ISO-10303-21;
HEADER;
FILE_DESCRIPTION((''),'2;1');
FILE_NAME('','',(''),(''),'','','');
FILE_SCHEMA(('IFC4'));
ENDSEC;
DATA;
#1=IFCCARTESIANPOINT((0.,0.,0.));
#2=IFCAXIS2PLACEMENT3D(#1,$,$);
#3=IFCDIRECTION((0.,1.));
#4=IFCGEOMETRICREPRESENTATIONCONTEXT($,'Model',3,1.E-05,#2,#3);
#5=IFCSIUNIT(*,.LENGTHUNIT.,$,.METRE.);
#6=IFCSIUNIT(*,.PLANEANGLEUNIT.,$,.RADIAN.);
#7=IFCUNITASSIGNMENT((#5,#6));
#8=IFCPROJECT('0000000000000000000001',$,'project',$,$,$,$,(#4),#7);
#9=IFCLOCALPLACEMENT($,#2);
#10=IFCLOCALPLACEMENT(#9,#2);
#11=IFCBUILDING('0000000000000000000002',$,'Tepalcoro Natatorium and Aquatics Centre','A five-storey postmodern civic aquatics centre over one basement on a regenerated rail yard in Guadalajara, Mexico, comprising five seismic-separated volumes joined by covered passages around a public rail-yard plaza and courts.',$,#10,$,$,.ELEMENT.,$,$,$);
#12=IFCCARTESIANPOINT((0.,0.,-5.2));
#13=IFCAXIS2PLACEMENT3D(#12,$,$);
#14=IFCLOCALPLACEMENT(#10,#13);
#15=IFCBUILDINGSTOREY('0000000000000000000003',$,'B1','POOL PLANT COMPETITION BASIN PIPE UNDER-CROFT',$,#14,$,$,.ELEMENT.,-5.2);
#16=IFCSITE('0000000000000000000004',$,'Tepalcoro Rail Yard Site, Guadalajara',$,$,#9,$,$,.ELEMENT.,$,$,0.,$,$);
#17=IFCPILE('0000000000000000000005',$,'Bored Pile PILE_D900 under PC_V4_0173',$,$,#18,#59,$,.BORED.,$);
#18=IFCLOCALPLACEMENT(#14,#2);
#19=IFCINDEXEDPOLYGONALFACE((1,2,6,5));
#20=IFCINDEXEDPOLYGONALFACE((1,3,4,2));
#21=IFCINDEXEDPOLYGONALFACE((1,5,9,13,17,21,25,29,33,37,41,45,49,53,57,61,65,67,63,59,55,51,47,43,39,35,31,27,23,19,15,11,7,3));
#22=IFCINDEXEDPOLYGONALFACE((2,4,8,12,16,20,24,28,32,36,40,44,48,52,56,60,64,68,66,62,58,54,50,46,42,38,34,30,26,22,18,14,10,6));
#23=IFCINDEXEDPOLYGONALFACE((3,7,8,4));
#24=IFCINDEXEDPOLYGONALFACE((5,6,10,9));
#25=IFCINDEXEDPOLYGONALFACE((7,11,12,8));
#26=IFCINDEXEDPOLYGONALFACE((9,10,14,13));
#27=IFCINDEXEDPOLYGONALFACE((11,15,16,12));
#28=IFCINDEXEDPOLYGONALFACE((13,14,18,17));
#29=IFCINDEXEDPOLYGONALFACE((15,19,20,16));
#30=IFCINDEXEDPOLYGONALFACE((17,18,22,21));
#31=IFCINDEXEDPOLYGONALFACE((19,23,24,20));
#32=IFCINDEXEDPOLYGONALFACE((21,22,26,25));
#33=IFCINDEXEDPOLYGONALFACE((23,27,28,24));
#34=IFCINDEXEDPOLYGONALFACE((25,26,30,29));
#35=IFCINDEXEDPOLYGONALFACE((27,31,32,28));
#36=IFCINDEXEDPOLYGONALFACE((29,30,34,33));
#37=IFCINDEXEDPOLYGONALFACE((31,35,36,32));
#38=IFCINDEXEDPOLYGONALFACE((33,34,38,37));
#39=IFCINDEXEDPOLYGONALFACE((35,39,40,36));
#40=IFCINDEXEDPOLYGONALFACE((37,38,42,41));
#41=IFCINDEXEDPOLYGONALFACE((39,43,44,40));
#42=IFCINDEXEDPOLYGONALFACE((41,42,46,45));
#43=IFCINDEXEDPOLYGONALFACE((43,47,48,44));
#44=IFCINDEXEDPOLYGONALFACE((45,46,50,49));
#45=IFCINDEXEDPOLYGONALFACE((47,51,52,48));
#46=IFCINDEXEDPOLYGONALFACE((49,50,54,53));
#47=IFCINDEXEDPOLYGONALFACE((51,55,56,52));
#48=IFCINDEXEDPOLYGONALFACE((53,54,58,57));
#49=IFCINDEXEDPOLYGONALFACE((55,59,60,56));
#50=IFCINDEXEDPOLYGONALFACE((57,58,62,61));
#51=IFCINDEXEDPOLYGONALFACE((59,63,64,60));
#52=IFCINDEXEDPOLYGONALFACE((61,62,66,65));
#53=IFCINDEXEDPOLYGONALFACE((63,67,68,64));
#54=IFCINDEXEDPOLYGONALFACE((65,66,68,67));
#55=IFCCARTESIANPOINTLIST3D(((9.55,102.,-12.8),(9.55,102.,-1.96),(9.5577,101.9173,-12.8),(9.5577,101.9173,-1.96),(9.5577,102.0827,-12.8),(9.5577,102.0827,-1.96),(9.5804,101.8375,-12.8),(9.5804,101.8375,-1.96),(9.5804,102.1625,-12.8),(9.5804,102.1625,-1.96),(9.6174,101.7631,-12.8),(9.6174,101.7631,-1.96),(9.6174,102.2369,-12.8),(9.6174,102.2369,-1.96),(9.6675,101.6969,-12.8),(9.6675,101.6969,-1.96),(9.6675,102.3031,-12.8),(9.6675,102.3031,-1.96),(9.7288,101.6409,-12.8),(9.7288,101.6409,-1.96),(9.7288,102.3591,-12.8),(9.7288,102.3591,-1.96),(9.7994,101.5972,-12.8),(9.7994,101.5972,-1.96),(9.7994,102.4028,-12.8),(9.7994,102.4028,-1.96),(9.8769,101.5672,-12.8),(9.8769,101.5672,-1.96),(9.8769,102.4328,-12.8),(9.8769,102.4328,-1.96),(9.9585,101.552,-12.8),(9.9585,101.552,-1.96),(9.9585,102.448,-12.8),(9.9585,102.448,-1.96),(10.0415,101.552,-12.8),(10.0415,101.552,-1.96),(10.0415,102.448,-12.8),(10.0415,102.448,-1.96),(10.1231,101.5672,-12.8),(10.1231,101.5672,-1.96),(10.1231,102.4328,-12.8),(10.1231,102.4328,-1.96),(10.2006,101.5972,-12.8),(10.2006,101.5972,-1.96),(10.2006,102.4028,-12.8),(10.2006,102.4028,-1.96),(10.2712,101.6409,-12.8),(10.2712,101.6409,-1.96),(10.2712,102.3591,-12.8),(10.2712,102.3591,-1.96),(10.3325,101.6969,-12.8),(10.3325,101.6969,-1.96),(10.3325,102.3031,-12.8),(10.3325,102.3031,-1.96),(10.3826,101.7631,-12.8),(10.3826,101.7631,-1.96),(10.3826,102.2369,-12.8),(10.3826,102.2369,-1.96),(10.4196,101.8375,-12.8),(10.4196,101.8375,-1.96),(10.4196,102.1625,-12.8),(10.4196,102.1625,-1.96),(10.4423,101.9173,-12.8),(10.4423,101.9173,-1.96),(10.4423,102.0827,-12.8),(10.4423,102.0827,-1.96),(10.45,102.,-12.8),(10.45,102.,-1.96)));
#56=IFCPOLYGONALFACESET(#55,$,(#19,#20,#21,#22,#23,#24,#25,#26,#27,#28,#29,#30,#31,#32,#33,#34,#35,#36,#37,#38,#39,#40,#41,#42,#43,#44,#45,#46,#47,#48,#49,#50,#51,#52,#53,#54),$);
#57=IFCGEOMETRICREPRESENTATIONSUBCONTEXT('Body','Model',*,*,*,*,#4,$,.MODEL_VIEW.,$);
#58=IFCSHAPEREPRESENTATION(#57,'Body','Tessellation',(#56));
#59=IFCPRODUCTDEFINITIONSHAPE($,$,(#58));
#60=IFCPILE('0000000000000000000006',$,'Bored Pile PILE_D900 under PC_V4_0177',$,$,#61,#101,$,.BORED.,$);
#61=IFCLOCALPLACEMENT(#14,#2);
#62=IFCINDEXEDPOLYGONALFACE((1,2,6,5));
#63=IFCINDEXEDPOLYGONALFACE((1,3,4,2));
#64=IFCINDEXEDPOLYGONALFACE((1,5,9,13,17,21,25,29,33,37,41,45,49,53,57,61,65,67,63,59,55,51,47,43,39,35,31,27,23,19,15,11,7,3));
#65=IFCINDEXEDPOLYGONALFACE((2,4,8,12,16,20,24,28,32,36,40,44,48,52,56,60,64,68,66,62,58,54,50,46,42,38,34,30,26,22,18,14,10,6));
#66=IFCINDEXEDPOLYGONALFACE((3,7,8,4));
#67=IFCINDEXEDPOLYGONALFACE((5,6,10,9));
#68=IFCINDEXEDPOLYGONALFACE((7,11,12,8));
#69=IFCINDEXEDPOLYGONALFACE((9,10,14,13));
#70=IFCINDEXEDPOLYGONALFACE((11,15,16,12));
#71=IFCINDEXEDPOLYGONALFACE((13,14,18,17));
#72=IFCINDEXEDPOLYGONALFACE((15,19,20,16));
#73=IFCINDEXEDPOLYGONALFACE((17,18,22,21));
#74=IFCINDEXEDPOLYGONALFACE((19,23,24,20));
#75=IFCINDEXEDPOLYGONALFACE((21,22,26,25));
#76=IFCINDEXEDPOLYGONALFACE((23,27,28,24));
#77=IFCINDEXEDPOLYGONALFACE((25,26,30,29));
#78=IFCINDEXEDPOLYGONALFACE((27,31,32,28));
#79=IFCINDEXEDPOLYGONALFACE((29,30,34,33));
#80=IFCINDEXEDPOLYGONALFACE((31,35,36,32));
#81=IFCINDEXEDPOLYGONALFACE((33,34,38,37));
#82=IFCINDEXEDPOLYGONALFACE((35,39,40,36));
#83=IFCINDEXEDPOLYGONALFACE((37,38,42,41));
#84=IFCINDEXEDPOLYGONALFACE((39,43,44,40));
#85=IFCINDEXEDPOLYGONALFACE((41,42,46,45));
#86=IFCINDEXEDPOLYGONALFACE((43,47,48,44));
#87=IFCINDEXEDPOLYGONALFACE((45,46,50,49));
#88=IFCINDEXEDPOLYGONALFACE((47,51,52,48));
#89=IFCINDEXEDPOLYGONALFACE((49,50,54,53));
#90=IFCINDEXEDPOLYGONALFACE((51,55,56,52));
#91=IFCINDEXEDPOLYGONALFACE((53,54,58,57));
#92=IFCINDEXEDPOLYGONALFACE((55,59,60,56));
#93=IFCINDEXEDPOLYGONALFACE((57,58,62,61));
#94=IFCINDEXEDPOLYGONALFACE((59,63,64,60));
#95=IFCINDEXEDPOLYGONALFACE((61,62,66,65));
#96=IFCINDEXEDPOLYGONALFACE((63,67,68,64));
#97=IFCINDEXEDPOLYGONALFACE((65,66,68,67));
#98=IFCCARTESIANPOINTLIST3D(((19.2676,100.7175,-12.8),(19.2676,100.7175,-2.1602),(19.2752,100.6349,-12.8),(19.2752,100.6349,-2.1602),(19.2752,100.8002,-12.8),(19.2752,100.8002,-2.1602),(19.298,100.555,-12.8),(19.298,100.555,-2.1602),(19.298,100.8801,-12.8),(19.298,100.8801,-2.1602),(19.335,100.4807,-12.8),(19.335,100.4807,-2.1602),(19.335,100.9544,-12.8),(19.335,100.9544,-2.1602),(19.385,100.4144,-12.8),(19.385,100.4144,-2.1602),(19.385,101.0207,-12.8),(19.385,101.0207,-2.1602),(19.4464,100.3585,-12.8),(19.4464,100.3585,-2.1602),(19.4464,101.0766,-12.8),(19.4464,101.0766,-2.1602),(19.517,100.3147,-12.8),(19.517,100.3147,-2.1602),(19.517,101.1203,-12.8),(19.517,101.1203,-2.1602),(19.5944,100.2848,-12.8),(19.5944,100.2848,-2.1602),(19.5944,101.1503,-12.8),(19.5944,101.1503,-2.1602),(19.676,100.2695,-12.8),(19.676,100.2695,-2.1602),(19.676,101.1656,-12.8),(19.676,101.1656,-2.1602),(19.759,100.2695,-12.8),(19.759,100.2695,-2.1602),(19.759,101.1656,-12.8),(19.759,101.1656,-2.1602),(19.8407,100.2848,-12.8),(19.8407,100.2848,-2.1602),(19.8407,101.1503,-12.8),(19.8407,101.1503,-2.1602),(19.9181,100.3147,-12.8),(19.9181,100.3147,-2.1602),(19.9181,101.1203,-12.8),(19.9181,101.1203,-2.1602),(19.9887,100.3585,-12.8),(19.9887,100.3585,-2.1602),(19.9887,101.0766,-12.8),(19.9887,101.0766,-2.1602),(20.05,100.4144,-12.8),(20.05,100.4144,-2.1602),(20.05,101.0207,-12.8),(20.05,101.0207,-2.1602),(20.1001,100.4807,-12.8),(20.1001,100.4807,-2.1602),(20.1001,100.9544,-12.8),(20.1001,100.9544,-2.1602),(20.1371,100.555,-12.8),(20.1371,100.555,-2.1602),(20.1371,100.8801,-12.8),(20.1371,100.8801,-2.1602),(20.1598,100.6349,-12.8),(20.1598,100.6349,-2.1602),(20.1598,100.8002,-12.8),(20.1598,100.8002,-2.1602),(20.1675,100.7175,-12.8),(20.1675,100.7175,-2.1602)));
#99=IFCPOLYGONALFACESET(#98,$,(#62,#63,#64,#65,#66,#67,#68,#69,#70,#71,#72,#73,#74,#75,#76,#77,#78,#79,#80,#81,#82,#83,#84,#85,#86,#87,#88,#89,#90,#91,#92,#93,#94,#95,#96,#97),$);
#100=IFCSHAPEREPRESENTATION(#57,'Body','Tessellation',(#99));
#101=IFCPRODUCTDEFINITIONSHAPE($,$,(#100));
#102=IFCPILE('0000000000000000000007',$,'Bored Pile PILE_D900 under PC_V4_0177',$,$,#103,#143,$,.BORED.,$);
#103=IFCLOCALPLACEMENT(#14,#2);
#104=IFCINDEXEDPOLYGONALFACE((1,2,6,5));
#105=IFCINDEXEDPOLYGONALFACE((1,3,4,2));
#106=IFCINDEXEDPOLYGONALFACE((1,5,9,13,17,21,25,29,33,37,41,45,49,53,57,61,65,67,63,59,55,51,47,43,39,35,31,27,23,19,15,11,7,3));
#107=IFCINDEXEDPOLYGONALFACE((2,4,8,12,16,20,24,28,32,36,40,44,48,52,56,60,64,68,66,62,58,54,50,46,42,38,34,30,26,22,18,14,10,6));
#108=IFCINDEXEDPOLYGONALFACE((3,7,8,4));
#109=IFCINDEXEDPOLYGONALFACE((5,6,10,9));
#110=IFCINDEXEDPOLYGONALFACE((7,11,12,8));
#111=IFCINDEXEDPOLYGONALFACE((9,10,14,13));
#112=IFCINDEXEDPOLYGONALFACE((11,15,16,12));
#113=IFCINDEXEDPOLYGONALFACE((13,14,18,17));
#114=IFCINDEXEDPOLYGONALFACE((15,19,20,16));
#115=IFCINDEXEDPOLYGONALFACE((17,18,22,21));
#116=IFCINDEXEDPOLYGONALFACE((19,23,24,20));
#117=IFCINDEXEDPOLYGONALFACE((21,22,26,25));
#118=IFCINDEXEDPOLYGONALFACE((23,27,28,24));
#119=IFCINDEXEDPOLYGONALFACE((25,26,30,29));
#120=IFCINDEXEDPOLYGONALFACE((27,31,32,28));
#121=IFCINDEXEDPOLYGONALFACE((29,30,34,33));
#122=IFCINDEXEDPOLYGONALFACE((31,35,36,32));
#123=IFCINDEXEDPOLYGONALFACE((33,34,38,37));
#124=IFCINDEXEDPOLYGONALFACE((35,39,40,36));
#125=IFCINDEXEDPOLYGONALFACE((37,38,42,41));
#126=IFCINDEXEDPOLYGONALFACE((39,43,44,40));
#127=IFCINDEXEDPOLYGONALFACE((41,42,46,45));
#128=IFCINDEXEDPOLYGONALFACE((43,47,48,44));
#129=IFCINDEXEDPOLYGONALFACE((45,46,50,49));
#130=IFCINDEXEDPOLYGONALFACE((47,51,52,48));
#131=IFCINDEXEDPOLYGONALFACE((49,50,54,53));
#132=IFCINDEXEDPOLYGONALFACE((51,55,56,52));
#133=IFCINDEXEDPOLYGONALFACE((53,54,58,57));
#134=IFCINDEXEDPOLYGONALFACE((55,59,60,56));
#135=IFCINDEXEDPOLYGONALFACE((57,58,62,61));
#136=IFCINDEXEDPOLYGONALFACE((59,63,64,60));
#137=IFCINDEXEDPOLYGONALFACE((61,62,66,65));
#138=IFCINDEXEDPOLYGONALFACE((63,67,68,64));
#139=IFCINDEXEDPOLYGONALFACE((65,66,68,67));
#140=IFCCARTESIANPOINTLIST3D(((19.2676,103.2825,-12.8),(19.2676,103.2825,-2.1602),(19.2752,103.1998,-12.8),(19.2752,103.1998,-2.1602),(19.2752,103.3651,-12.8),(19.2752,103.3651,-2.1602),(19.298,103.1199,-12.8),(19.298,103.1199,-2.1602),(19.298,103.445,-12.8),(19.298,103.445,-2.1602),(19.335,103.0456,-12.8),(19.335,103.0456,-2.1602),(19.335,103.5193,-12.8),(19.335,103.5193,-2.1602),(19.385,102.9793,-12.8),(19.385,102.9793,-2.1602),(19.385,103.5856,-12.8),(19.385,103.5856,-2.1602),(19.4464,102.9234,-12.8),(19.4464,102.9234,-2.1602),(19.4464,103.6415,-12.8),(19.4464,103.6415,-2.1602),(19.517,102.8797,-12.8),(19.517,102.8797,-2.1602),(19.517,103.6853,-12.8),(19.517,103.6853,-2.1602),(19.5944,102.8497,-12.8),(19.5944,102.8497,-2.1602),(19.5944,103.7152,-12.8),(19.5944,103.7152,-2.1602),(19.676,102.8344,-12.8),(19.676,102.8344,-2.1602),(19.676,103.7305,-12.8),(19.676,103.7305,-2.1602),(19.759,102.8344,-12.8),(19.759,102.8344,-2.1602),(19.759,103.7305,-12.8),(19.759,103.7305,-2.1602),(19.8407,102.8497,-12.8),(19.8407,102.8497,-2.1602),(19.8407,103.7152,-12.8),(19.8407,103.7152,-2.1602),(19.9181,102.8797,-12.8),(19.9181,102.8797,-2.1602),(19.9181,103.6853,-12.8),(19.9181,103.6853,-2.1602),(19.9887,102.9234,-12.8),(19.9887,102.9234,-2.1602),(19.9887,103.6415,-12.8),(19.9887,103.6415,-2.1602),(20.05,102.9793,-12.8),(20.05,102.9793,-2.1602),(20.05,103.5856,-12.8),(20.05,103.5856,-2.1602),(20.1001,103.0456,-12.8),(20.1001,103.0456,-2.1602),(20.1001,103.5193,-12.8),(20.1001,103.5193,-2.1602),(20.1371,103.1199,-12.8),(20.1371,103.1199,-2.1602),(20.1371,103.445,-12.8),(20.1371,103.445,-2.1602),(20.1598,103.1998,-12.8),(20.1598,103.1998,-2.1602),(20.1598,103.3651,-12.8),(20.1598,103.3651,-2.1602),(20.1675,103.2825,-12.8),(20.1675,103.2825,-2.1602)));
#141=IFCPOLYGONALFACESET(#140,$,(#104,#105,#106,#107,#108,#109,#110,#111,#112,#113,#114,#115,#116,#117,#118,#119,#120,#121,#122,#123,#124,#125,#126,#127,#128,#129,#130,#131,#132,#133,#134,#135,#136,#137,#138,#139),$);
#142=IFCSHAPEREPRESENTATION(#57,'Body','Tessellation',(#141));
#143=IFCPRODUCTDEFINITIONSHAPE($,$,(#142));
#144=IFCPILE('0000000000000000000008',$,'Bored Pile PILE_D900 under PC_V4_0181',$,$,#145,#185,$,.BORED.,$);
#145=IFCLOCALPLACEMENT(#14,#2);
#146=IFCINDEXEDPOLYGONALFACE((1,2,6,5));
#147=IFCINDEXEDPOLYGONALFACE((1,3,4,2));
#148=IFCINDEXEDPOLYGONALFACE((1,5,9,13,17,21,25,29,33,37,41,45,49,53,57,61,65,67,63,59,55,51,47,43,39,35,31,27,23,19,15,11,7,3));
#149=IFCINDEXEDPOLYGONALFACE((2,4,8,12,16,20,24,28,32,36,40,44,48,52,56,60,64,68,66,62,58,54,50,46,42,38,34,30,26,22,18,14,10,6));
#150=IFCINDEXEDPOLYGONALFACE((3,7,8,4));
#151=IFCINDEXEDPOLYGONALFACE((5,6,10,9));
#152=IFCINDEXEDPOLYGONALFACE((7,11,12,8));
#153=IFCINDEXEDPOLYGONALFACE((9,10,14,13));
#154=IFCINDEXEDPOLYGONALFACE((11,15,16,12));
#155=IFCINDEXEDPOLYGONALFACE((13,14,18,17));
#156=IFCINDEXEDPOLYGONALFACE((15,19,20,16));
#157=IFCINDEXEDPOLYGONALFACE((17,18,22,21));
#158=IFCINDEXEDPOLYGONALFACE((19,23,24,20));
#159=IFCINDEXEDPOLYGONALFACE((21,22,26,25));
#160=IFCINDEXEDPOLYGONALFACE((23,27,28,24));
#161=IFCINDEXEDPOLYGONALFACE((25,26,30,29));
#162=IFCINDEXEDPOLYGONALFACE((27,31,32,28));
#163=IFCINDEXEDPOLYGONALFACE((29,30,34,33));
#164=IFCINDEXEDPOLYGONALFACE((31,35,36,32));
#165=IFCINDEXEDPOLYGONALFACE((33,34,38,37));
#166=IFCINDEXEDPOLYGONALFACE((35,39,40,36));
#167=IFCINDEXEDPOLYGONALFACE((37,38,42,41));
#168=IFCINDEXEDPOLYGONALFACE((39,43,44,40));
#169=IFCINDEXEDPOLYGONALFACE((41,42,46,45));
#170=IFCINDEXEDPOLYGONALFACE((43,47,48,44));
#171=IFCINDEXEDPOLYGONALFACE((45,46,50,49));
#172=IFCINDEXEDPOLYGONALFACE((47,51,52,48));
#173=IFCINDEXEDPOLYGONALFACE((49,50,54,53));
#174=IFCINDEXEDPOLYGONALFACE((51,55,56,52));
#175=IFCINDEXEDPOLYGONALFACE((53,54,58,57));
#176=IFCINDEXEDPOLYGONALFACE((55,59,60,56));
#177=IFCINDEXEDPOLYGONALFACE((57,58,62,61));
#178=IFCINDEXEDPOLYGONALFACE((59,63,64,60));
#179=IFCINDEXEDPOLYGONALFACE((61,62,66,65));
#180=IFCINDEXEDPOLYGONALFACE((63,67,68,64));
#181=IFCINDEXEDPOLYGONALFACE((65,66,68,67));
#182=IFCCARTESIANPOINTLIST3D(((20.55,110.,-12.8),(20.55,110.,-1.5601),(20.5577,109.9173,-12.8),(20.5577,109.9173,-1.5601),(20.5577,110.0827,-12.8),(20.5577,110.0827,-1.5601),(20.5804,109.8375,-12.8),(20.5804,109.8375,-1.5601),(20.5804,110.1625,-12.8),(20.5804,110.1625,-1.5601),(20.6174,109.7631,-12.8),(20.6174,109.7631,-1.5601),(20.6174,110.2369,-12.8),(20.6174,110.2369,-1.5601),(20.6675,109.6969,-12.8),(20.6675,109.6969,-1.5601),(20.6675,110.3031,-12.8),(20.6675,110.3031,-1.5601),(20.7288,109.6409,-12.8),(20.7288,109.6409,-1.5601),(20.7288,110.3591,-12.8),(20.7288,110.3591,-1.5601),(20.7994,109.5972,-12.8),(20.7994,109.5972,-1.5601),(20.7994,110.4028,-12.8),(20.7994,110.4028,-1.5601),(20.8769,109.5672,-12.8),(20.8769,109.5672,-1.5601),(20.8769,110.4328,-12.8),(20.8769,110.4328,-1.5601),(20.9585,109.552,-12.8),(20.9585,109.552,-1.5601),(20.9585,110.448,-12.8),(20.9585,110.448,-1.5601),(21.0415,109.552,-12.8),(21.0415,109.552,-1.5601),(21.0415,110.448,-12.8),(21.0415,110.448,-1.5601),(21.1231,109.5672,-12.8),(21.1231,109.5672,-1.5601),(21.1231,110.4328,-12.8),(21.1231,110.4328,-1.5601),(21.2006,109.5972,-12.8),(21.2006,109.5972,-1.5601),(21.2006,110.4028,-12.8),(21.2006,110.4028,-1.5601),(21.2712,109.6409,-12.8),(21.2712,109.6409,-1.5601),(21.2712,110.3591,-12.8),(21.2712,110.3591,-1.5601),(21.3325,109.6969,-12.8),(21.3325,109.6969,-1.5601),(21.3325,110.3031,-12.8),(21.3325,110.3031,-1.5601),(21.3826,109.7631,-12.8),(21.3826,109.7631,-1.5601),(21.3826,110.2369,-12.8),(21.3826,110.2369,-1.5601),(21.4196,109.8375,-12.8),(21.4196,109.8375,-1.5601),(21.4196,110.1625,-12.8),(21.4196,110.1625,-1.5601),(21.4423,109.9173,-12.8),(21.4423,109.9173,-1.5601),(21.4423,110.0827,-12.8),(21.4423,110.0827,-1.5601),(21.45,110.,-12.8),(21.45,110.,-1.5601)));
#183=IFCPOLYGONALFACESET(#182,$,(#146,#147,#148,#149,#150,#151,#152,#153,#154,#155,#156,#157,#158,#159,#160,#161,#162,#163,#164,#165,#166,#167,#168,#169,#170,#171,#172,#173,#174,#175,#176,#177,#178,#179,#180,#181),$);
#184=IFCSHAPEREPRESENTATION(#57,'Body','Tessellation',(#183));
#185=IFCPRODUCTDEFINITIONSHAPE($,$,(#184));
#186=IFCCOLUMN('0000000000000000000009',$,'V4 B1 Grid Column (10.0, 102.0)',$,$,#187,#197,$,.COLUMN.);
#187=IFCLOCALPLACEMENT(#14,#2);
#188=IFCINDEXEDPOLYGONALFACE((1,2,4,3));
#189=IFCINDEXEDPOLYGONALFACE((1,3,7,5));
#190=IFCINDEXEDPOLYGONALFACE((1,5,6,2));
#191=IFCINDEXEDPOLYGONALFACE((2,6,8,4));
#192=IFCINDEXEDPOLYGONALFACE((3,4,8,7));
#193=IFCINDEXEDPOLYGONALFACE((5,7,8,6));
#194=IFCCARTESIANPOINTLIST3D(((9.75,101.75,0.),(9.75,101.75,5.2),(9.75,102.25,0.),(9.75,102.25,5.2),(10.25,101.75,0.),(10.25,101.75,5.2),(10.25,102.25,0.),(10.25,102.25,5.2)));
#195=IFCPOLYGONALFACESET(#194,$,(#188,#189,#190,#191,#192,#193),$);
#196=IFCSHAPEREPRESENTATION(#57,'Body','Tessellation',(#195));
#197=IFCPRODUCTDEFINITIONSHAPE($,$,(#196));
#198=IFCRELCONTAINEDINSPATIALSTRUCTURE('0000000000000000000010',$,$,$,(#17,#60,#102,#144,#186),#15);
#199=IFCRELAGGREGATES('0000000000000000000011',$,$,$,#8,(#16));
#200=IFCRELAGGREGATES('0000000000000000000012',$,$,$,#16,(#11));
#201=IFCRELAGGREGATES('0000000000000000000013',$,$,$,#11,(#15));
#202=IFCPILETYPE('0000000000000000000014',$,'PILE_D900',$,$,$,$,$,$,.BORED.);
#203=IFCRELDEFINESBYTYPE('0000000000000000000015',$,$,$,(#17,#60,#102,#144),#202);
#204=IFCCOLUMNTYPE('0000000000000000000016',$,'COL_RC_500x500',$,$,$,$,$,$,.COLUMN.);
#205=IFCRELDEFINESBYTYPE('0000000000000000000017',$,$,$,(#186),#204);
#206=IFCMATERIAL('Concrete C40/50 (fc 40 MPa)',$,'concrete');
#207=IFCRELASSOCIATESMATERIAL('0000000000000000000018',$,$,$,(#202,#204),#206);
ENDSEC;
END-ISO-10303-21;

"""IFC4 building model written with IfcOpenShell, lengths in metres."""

from ifc_helpers import new_model, si_unit, direction, frame, origin, origin_2d, place, context, subcontext, project, spatial, rectangle, circle, extrude, material, material_profile, profile_set, type_object, element, save


model = new_model("IFC4")

# Units and contexts
model_context = context("Model", 3, precision=1e-05, world=origin(), true_north=direction((0.0, 1.0)))
body_context = subcontext(model_context, "Body", "Model", "MODEL_VIEW")
ifc_project = project(units=[si_unit("LENGTHUNIT", "METRE"), si_unit("PLANEANGLEUNIT", "RADIAN")], contexts=[model_context])

# Site, building, storey
site_placement = place(None, origin())
site = spatial("IfcSite", under=ifc_project, at=site_placement, Name="Tepalcoro Rail Yard Site, Guadalajara", CompositionType="ELEMENT", RefElevation=0.0)
building_placement = place(site_placement, origin())
building = spatial("IfcBuilding", under=site, at=building_placement, Name="Tepalcoro Natatorium and Aquatics Centre", Description="A five-storey postmodern civic aquatics centre over one basement on a regenerated rail yard in Guadalajara, Mexico, comprising five seismic-separated volumes joined by covered passages around a public rail-yard plaza and courts.", CompositionType="ELEMENT")
storey_placement = place(building_placement, frame((0.0, 0.0, -5.2)))
storey = spatial("IfcBuildingStorey", under=building, at=storey_placement, Name="B1", Description="POOL PLANT COMPETITION BASIN PIPE UNDER-CROFT", CompositionType="ELEMENT", Elevation=-5.2)

# Piles
ifc_material_1 = material(Name="Concrete C40/50 (fc 40 MPa)", Category="concrete")
ifc_material_profile_1 = material_profile(ifc_material_1, circle(Radius=0.45, at=origin_2d()), Name="PILE_D900")
ifc_profile_set_1 = profile_set([ifc_material_profile_1], Name="Concrete C40/50 (fc 40 MPa)")
pile_type_1 = type_object("IfcPileType", Name="PILE_D900", PredefinedType="BORED", material=ifc_profile_set_1)
pile_1_placement = place(storey_placement, frame((10.0, 102.0, -1.96), z_axis=(0.0, 0.0, -1.0), x_axis=(1.0, 0.0, 0.0)))
element("IfcPile", 1, at=pile_1_placement, inside=storey, type_object=pile_type_1, Name="Bored Pile PILE_D900 under PC_V4_0173", PredefinedType="BORED", context=body_context, shape_type="SweptSolid", body=[
    extrude(circle(Radius=0.45, at=origin_2d()), origin(), (0.0, 0.0, 1.0), 10.8401),
])
for number, where, z_axis, x_axis, name in (
    (2, (19.7175, 100.7175, -2.1602), (0.0, 0.0, -1.0), (1.0, 0.0, 0.0), "Bored Pile PILE_D900 under PC_V4_0177"),
    (3, (19.7175, 103.2825, -2.1602), (0.0, 0.0, -1.0), (1.0, 0.0, 0.0), "Bored Pile PILE_D900 under PC_V4_0177"),
):
    element("IfcPile", number, at=place(storey_placement, frame(where, z_axis=z_axis, x_axis=x_axis)), inside=storey, type_object=pile_type_1, Name=name, PredefinedType="BORED", context=body_context, shape_type="SweptSolid", body=[
        extrude(circle(Radius=0.45, at=origin_2d()), origin(), (0.0, 0.0, 1.0), 10.6399),
    ])
pile_2_placement = place(storey_placement, frame((21.0, 110.0, -1.5601), z_axis=(0.0, 0.0, -1.0), x_axis=(1.0, 0.0, 0.0)))
element("IfcPile", 4, at=pile_2_placement, inside=storey, type_object=pile_type_1, Name="Bored Pile PILE_D900 under PC_V4_0181", PredefinedType="BORED", context=body_context, shape_type="SweptSolid", body=[
    extrude(circle(Radius=0.45, at=origin_2d()), origin(), (0.0, 0.0, 1.0), 11.24),
])

# Column
ifc_material_profile_2 = material_profile(ifc_material_1, rectangle(XDim=0.5, YDim=0.5, at=origin_2d()), Name="RC500x500")
ifc_profile_set_2 = profile_set([ifc_material_profile_2], Name="Concrete C40/50 (fc 40 MPa)")
column_type_1 = type_object("IfcColumnType", Name="COL_RC_500x500", PredefinedType="COLUMN", material=ifc_profile_set_2)
column_1_placement = place(storey_placement, frame((10.0, 102.0, 0.0), z_axis=(0.0, 0.0, 1.0), x_axis=(1.0, 0.0, 0.0)))
element("IfcColumn", 5, at=column_1_placement, inside=storey, type_object=column_type_1, Name="V4 B1 Grid Column (10.0, 102.0)", PredefinedType="COLUMN", context=body_context, shape_type="SweptSolid", body=[
    extrude(rectangle(XDim=0.5, YDim=0.5, at=origin_2d()), origin(), (0.0, 0.0, 1.0), 5.2),
])

save(model, "model.ifc")
